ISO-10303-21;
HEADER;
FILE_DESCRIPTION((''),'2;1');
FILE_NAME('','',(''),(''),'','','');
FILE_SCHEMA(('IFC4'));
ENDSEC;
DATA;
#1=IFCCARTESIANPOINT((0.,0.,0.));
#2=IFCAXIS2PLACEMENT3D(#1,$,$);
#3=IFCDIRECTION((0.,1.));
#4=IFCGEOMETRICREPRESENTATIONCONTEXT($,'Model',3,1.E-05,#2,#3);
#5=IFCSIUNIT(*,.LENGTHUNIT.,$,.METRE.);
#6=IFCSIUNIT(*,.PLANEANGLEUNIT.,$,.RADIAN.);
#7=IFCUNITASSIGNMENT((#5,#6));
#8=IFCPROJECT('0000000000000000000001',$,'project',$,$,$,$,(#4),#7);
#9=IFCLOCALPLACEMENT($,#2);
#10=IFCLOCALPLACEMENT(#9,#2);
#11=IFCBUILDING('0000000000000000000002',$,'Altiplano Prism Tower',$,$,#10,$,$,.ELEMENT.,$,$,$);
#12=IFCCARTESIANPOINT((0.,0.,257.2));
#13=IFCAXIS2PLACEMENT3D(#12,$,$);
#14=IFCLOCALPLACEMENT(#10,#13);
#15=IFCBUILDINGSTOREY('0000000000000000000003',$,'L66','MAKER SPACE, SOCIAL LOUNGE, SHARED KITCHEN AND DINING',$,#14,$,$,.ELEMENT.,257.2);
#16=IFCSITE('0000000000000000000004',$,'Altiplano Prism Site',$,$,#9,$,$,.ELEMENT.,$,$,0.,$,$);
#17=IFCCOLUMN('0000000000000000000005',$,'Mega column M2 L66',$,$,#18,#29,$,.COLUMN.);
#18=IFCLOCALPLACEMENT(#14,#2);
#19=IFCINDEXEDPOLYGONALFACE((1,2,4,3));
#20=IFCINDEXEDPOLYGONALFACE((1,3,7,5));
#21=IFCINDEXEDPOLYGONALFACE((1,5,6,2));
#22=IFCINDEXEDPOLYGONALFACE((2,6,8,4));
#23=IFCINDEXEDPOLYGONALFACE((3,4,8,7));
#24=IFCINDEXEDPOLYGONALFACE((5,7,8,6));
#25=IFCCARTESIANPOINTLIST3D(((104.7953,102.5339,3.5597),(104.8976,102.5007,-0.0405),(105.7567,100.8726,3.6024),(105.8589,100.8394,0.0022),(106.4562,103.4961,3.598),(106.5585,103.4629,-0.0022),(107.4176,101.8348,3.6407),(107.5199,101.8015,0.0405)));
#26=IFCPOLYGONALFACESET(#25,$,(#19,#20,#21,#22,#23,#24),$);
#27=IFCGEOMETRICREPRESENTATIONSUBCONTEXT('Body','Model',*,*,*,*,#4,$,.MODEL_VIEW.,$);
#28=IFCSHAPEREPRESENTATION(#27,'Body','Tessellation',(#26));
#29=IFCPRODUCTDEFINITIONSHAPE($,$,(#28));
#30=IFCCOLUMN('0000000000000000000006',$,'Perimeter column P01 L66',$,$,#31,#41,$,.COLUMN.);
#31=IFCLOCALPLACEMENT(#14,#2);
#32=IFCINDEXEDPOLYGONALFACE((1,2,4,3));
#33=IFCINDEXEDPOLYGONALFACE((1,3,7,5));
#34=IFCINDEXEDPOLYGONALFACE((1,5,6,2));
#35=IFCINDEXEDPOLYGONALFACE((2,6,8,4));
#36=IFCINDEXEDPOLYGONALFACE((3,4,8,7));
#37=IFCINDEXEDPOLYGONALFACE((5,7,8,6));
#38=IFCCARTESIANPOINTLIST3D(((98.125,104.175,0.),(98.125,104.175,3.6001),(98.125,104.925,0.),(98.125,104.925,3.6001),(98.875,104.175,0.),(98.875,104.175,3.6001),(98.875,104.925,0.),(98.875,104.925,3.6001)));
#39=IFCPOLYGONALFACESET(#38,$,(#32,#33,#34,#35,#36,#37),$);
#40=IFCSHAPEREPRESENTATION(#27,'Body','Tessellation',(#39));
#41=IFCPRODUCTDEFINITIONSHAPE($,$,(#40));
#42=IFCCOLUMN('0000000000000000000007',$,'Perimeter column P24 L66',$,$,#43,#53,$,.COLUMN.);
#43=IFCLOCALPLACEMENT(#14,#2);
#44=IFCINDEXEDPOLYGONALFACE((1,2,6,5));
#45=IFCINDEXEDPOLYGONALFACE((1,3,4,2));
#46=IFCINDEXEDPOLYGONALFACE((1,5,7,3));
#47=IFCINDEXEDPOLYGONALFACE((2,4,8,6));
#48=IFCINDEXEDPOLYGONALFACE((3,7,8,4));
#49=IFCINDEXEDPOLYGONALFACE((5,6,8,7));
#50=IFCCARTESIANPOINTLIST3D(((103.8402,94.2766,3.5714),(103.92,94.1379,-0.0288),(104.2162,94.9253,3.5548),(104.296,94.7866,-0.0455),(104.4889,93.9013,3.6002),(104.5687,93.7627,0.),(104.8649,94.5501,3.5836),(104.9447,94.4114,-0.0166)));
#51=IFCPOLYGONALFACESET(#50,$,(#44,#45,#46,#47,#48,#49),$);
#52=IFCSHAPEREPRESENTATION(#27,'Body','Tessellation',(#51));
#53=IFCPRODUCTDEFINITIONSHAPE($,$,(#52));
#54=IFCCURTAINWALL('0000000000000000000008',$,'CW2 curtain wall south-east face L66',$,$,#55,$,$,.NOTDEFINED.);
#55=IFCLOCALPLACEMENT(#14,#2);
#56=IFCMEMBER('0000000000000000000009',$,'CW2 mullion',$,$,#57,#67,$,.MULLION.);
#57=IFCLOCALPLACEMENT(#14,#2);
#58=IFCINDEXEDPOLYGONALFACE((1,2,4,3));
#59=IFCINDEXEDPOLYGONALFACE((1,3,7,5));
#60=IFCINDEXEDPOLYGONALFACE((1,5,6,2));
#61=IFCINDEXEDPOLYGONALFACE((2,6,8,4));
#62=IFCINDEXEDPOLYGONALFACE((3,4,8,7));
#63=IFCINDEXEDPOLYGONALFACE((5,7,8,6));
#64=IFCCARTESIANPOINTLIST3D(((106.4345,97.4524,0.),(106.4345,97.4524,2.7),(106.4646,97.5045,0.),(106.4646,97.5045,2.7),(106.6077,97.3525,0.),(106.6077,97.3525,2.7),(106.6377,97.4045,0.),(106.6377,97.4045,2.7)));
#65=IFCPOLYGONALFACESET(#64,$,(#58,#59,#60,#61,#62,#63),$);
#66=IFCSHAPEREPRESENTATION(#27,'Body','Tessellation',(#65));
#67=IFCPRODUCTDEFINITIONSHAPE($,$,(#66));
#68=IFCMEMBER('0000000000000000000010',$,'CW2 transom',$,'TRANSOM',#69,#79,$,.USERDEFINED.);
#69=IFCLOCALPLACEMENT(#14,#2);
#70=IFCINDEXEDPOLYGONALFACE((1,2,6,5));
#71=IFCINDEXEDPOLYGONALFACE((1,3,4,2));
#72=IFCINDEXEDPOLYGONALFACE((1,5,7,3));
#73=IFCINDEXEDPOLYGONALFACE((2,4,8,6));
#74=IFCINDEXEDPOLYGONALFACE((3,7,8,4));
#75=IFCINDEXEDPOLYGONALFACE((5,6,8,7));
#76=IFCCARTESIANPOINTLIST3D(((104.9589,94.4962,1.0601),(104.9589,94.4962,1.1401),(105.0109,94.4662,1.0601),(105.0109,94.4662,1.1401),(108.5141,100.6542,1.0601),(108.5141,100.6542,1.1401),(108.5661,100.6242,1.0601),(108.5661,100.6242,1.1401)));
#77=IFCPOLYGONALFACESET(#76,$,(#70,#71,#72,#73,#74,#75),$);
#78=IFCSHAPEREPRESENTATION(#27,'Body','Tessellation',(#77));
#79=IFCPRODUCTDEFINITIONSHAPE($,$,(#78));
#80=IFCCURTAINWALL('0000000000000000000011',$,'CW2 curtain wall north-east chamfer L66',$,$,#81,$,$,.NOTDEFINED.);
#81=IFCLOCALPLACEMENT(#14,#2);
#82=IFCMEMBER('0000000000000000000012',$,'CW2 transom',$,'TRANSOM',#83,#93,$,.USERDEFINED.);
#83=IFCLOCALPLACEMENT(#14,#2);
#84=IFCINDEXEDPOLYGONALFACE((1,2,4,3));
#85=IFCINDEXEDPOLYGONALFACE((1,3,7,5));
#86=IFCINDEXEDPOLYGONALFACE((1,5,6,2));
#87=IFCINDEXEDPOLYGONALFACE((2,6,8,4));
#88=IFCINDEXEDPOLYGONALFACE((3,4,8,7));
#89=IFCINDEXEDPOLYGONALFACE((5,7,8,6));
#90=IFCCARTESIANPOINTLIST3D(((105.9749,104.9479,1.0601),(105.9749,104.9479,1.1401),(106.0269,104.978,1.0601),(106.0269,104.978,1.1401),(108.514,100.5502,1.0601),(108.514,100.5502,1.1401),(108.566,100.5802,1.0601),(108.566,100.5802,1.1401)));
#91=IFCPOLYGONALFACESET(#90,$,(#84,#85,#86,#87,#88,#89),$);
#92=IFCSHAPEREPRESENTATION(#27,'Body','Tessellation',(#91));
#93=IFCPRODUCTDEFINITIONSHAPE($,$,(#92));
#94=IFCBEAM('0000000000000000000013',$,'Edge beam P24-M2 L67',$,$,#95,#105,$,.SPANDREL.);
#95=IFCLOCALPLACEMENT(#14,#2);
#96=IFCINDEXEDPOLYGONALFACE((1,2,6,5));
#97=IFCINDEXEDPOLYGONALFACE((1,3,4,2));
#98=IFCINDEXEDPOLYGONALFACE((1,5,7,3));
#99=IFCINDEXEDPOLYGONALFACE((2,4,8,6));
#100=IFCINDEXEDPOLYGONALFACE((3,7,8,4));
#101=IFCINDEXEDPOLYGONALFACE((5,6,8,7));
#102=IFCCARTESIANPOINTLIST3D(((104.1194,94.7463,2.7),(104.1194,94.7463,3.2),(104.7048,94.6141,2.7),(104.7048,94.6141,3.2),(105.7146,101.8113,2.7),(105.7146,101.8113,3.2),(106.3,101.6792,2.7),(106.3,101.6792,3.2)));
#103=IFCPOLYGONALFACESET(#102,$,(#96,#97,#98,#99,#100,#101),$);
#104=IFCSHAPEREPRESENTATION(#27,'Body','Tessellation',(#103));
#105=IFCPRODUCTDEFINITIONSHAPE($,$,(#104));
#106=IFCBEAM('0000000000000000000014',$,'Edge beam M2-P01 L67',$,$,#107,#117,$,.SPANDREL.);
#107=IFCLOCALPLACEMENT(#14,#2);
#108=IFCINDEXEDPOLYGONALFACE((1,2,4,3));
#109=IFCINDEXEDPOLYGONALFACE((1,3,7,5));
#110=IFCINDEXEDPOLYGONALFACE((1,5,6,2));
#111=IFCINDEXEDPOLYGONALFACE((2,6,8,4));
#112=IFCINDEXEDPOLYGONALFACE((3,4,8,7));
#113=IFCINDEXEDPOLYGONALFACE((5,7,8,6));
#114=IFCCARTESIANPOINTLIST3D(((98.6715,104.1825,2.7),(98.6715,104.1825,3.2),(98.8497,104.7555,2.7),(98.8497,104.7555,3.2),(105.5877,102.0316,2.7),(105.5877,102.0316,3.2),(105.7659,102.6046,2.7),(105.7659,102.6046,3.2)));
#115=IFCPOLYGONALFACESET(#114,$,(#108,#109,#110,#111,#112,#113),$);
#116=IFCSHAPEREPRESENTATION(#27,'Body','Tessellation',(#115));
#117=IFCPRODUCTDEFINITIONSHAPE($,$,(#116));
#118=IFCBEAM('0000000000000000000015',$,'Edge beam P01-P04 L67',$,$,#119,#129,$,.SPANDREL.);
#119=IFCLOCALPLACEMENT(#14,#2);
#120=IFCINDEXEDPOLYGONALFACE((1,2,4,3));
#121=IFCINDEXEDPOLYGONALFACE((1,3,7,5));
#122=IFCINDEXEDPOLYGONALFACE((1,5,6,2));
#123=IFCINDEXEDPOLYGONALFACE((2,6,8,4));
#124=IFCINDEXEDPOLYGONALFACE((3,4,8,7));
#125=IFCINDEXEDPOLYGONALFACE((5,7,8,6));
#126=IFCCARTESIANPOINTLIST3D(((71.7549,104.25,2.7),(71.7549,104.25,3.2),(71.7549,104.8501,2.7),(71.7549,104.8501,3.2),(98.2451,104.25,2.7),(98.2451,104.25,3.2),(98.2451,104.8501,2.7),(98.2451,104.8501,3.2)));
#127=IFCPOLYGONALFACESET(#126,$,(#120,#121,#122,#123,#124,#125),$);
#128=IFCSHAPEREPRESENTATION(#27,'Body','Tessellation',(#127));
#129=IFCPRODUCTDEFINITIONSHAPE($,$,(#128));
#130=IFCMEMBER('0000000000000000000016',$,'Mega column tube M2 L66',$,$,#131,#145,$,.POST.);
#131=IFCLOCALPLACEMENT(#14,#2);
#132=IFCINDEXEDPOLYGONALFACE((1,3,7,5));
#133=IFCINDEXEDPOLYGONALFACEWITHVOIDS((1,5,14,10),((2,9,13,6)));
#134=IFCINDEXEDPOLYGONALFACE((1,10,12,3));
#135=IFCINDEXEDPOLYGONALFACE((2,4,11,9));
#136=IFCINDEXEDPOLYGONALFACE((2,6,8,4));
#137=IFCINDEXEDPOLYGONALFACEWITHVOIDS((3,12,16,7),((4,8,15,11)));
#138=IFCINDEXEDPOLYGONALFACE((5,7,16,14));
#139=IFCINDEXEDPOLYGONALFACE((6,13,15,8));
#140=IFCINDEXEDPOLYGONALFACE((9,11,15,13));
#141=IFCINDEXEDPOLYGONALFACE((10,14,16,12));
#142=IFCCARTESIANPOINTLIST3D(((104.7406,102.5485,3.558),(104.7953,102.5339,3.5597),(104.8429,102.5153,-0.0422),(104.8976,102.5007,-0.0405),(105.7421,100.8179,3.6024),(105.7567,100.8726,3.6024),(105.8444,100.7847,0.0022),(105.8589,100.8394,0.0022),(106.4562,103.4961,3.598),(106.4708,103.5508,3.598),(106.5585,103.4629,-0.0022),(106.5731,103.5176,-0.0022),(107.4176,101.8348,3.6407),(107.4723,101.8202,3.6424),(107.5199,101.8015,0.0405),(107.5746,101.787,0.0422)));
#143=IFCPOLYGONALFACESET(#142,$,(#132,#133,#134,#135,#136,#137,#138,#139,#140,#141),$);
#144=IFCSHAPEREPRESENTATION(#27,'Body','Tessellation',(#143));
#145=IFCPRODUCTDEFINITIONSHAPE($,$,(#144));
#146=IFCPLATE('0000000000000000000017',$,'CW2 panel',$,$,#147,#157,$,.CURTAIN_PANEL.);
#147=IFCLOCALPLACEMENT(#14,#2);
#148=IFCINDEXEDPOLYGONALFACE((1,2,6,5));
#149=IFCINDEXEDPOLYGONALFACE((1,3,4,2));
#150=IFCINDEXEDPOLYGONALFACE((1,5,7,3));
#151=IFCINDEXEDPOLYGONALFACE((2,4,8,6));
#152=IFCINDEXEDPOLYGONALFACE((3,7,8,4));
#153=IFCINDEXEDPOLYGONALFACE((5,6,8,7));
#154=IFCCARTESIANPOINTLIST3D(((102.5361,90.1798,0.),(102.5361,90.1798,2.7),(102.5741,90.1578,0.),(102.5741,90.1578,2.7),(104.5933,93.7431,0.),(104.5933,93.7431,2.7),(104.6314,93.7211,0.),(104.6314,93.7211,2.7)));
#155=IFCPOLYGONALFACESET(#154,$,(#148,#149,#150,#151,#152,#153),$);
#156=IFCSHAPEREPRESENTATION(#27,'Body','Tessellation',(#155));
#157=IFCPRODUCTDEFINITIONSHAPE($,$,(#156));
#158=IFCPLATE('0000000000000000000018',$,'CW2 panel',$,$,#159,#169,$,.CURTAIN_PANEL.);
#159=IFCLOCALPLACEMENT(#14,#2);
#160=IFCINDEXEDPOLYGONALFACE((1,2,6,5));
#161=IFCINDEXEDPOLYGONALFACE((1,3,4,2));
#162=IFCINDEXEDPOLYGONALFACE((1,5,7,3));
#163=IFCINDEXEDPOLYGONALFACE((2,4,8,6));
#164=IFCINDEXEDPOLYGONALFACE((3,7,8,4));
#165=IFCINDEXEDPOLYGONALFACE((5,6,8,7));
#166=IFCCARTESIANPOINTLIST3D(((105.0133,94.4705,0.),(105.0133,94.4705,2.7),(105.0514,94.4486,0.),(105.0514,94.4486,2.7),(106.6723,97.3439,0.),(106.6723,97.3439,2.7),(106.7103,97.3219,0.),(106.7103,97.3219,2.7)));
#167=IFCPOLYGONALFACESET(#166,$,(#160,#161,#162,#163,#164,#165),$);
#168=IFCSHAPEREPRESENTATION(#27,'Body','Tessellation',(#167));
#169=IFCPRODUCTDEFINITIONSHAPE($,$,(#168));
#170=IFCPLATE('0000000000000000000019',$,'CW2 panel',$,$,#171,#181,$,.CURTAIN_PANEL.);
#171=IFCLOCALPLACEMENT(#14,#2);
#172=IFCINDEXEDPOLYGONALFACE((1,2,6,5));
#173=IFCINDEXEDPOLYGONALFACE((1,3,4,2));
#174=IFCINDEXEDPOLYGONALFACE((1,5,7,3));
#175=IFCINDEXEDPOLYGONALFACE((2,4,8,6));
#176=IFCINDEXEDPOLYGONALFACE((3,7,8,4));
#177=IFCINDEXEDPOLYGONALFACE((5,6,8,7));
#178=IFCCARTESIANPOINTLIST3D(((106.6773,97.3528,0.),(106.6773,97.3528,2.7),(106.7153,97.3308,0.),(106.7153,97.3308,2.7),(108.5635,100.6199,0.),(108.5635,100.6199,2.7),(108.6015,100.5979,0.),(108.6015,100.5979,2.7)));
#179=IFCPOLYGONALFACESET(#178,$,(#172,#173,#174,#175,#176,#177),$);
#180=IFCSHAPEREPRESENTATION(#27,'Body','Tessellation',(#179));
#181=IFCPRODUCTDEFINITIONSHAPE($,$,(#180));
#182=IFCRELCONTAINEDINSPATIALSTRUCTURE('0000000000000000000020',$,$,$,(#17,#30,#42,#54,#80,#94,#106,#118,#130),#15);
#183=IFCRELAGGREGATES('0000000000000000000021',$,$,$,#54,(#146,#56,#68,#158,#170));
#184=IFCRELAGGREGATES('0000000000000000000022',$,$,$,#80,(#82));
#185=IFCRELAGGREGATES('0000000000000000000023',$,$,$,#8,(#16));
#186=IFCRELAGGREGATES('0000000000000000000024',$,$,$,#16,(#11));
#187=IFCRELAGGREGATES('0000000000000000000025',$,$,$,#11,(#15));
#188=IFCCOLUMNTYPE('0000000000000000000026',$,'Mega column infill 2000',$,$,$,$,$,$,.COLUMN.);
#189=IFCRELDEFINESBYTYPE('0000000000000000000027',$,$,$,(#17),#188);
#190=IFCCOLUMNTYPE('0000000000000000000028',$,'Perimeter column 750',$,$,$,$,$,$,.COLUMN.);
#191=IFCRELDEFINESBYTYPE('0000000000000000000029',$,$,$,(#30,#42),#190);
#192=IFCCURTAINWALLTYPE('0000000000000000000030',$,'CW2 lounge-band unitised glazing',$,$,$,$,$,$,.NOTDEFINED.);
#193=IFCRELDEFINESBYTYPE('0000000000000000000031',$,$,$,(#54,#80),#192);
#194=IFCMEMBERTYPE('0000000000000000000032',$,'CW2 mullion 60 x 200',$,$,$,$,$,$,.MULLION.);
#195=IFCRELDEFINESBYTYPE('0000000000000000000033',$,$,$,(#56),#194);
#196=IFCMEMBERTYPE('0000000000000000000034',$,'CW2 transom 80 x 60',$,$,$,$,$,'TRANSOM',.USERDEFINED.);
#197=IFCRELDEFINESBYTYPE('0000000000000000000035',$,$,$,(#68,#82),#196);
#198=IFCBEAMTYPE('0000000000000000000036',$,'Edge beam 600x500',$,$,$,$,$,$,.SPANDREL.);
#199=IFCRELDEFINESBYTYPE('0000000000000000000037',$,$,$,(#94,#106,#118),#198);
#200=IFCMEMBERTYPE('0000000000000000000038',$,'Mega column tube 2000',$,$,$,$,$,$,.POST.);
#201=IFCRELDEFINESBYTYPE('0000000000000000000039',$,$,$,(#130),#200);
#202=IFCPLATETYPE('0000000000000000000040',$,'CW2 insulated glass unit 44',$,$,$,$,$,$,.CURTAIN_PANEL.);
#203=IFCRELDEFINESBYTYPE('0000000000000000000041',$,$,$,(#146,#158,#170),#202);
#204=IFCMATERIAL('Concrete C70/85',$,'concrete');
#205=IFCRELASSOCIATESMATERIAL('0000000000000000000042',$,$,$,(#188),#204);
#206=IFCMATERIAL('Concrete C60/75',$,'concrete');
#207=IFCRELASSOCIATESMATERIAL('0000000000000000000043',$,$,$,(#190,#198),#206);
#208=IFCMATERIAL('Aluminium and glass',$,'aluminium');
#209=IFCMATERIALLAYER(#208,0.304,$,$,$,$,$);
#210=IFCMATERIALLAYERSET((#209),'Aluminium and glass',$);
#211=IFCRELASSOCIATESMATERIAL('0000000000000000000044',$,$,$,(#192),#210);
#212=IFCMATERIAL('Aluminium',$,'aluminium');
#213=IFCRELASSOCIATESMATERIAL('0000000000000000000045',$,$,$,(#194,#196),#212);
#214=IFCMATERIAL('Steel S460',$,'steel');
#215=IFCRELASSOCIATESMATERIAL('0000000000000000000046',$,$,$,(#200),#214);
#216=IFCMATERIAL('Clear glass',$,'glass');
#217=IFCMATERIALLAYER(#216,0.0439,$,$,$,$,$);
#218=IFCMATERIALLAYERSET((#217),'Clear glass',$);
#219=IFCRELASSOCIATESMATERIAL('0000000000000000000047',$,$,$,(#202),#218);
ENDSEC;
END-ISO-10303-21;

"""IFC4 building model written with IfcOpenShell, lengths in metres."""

from ifc_helpers import new_model, si_unit, direction, frame, origin, origin_2d, place, context, subcontext, project, spatial, rectangle, hollow_rectangle, extrude, material, layer, layer_set, material_profile, profile_set, type_object, element, aggregate, save


model = new_model("IFC4")

# Units and contexts
model_context = context("Model", 3, precision=1e-05, world=origin(), true_north=direction((0.0, 1.0)))
body_context = subcontext(model_context, "Body", "Model", "MODEL_VIEW")
ifc_project = project(units=[si_unit("LENGTHUNIT", "METRE"), si_unit("PLANEANGLEUNIT", "RADIAN")], contexts=[model_context])

# Site, building, storey
site_placement = place(None, origin())
site = spatial("IfcSite", under=ifc_project, at=site_placement, Name="Altiplano Prism Site", CompositionType="ELEMENT", RefElevation=0.0)
building_placement = place(site_placement, origin())
building = spatial("IfcBuilding", under=site, at=building_placement, Name="Altiplano Prism Tower", CompositionType="ELEMENT")
storey_placement = place(building_placement, frame((0.0, 0.0, 257.2)))
storey = spatial("IfcBuildingStorey", under=building, at=storey_placement, Name="L66", Description="MAKER SPACE, SOCIAL LOUNGE, SHARED KITCHEN AND DINING", CompositionType="ELEMENT", Elevation=257.2)

# Columns
ifc_material_1 = material(Name="Concrete C70/85", Category="concrete")
ifc_material_profile_1 = material_profile(ifc_material_1, rectangle(XDim=1.9199, YDim=1.9199, at=origin_2d()), Name="Mega column infill 2000")
ifc_profile_set_1 = profile_set([ifc_material_profile_1], Name="Concrete C70/85")
column_type_1 = type_object("IfcColumnType", Name="Mega column infill 2000", PredefinedType="COLUMN", material=ifc_profile_set_1)
column_1_placement = place(storey_placement, frame((106.2087, 102.1511, 0.0), z_axis=(-0.028402, 0.009219, 0.999554), x_axis=(0.500747, -0.865309, 0.022209)))
element("IfcColumn", 1, at=column_1_placement, inside=storey, type_object=column_type_1, Name="Mega column M2 L66", PredefinedType="COLUMN", context=body_context, shape_type="SweptSolid", body=[
    extrude(rectangle(XDim=1.9199, YDim=1.9199, at=origin_2d()), origin(), (0.0, 0.0, 1.0), 3.6018),
])
ifc_material_2 = material(Name="Concrete C60/75", Category="concrete")
ifc_material_profile_2 = material_profile(ifc_material_2, rectangle(XDim=0.75, YDim=0.75, at=origin_2d()), Name="Perimeter column 750")
ifc_profile_set_2 = profile_set([ifc_material_profile_2], Name="Concrete C60/75")
column_type_2 = type_object("IfcColumnType", Name="Perimeter column 750", PredefinedType="COLUMN", material=ifc_profile_set_2)
column_2_placement = place(storey_placement, frame((98.5, 104.55, 0.0), z_axis=(0.0, 0.0, 1.0), x_axis=(1.0, 0.0, 0.0)))
element("IfcColumn", 2, at=column_2_placement, inside=storey, type_object=column_type_2, Name="Perimeter column P01 L66", PredefinedType="COLUMN", context=body_context, shape_type="SweptSolid", body=[
    extrude(rectangle(XDim=0.75, YDim=0.75, at=origin_2d()), origin(), (0.0, 0.0, 1.0), 3.6001),
])
column_3_placement = place(storey_placement, frame((104.4324, 94.2747, -0.0227), z_axis=(-0.022154, 0.038481, 0.999014), x_axis=(-0.501318, -0.864979, 0.022201)))
element("IfcColumn", 3, at=column_3_placement, inside=storey, type_object=column_type_2, Name="Perimeter column P24 L66", PredefinedType="COLUMN", context=body_context, shape_type="SweptSolid", body=[
    extrude(rectangle(XDim=0.75, YDim=0.75, at=origin_2d()), origin(), (0.0, 0.0, 1.0), 3.6038),
])

# Curtain wall, members
ifc_material_3 = material(Name="Aluminium and glass", Category="aluminium")
ifc_layer_1 = layer(ifc_material_3, 0.304)
ifc_layer_set_1 = layer_set([ifc_layer_1], Name="Aluminium and glass")
curtain_wall_type = type_object("IfcCurtainWallType", Name="CW2 lounge-band unitised glazing", PredefinedType="NOTDEFINED", material=ifc_layer_set_1)
curtain_wall_1_placement = place(storey_placement, origin())
curtain_wall_1 = element("IfcCurtainWall", 4, at=curtain_wall_1_placement, inside=storey, type_object=curtain_wall_type, Name="CW2 curtain wall south-east face L66", PredefinedType="NOTDEFINED")
ifc_material_4 = material(Name="Aluminium", Category="aluminium")
ifc_material_profile_3 = material_profile(ifc_material_4, rectangle(XDim=0.2, YDim=0.0601, at=origin_2d()), Name="CW2 mullion 60 x 200")
ifc_profile_set_3 = profile_set([ifc_material_profile_3], Name="Aluminium")
member_type_1 = type_object("IfcMemberType", Name="CW2 mullion 60 x 200", PredefinedType="MULLION", material=ifc_profile_set_3)
member_1_placement = place(storey_placement, frame((106.5361, 97.4285, 0.0), z_axis=(0.0, 0.0, 1.0), x_axis=(-0.866025, 0.5, 0.0)))
member_1 = element("IfcMember", 5, at=member_1_placement, type_object=member_type_1, Name="CW2 mullion", PredefinedType="MULLION", context=body_context, shape_type="SweptSolid", body=[
    extrude(rectangle(XDim=0.2, YDim=0.0601, at=origin_2d()), origin(), (0.0, 0.0, 1.0), 2.7),
])
ifc_material_profile_4 = material_profile(ifc_material_4, rectangle(XDim=0.0601, YDim=0.0801, at=origin_2d()), Name="CW2 transom 80 x 60")
ifc_profile_set_4 = profile_set([ifc_material_profile_4], Name="Aluminium")
member_type_2 = type_object("IfcMemberType", Name="CW2 transom 80 x 60", ElementType="TRANSOM", PredefinedType="USERDEFINED", material=ifc_profile_set_4)
member_2_placement = place(storey_placement, frame((104.9849, 94.4812, 1.1001), z_axis=(0.499987, 0.866033, 0.0), x_axis=(-0.866033, 0.499987, 0.0)))
member_2 = element("IfcMember", 6, at=member_2_placement, type_object=member_type_2, Name="CW2 transom", ObjectType="TRANSOM", PredefinedType="USERDEFINED", context=body_context, shape_type="SweptSolid", body=[
    extrude(rectangle(XDim=0.0601, YDim=0.0801, at=origin_2d()), origin(), (0.0, 0.0, 1.0), 7.1106),
])

# Curtain wall, member
curtain_wall_2_placement = place(storey_placement, origin())
curtain_wall_2 = element("IfcCurtainWall", 7, at=curtain_wall_2_placement, inside=storey, type_object=curtain_wall_type, Name="CW2 curtain wall north-east chamfer L66", PredefinedType="NOTDEFINED")
member_3_placement = place(storey_placement, frame((108.54, 100.5652, 1.1001), z_axis=(-0.500007, 0.866021, 0.0), x_axis=(-0.866021, -0.500007, 0.0)))
member_3 = element("IfcMember", 8, at=member_3_placement, type_object=member_type_2, Name="CW2 transom", ObjectType="TRANSOM", PredefinedType="USERDEFINED", context=body_context, shape_type="SweptSolid", body=[
    extrude(rectangle(XDim=0.0601, YDim=0.0801, at=origin_2d()), origin(), (0.0, 0.0, 1.0), 5.0781),
])

# Beams
ifc_material_profile_5 = material_profile(ifc_material_2, rectangle(XDim=0.6001, YDim=0.5, at=origin_2d()), Name="Edge beam 600x500")
ifc_profile_set_5 = profile_set([ifc_material_profile_5], Name="Concrete C60/75")
beam_type = type_object("IfcBeamType", Name="Edge beam 600x500", PredefinedType="SPANDREL", material=ifc_profile_set_5)
for number, where, z_axis, x_axis, name in (
    (9, (104.4121, 94.6802, 2.95), (0.220241, 0.975445, 0.0), (-0.975445, 0.220241, 0.0), "Edge beam P24-M2 L67"),
    (10, (105.6768, 102.3181, 2.95), (-0.95489, 0.29696, 0.0), (-0.29696, -0.95489, 0.0), "Edge beam M2-P01 L67"),
):
    element("IfcBeam", number, at=place(storey_placement, frame(where, z_axis=z_axis, x_axis=x_axis)), inside=storey, type_object=beam_type, Name=name, PredefinedType="SPANDREL", context=body_context, shape_type="SweptSolid", body=[
        extrude(rectangle(XDim=0.6001, YDim=0.5, at=origin_2d()), origin(), (0.0, 0.0, 1.0), 7.2429),
    ])
beam_placement = place(storey_placement, frame((98.2451, 104.55, 2.95), z_axis=(-1.0, 0.0, 0.0), x_axis=(0.0, -1.0, 0.0)))
element("IfcBeam", 11, at=beam_placement, inside=storey, type_object=beam_type, Name="Edge beam P01-P04 L67", PredefinedType="SPANDREL", context=body_context, shape_type="SweptSolid", body=[
    extrude(rectangle(XDim=0.6001, YDim=0.5, at=origin_2d()), origin(), (0.0, 0.0, 1.0), 26.4902),
])

# Member
ifc_material_5 = material(Name="Steel S460", Category="steel")
ifc_material_profile_6 = material_profile(ifc_material_5, hollow_rectangle(XDim=2.0, YDim=2.0, WallThickness=0.04, at=origin_2d()), Name="Mega column tube 2000")
ifc_profile_set_6 = profile_set([ifc_material_profile_6], Name="Steel S460")
member_type_3 = type_object("IfcMemberType", Name="Mega column tube 2000", PredefinedType="POST", material=ifc_profile_set_6)
member_4_placement = place(storey_placement, frame((106.2087, 102.1511, 0.0), z_axis=(-0.028402, 0.009219, 0.999554), x_axis=(0.500747, -0.865309, 0.022209)))
element("IfcMember", 12, at=member_4_placement, inside=storey, type_object=member_type_3, Name="Mega column tube M2 L66", PredefinedType="POST", context=body_context, shape_type="SweptSolid", body=[
    extrude(hollow_rectangle(XDim=2.0, YDim=2.0, WallThickness=0.04, at=origin_2d()), origin(), (0.0, 0.0, 1.0), 3.6018),
])

# Plates
ifc_material_6 = material(Name="Clear glass", Category="glass")
ifc_layer_2 = layer(ifc_material_6, 0.0439)
ifc_layer_set_2 = layer_set([ifc_layer_2], Name="Clear glass")
plate_type = type_object("IfcPlateType", Name="CW2 insulated glass unit 44", PredefinedType="CURTAIN_PANEL", material=ifc_layer_set_2)
plate_1_placement = place(storey_placement, frame((103.5837, 91.9504, 0.0), z_axis=(0.0, 0.0, 1.0), x_axis=(0.5, 0.866025, 0.0)))
plate_1 = element("IfcPlate", 13, at=plate_1_placement, type_object=plate_type, Name="CW2 panel", PredefinedType="CURTAIN_PANEL", context=body_context, shape_type="SweptSolid", body=[
    extrude(rectangle(XDim=4.1145, YDim=0.0439, at=origin_2d()), origin(), (0.0, 0.0, 1.0), 2.7),
])
plate_2_placement = place(storey_placement, frame((105.8618, 95.8962, 0.0), z_axis=(0.0, 0.0, 1.0), x_axis=(0.5, 0.866025, 0.0)))
plate_2 = element("IfcPlate", 14, at=plate_2_placement, type_object=plate_type, Name="CW2 panel", PredefinedType="CURTAIN_PANEL", context=body_context, shape_type="SweptSolid", body=[
    extrude(rectangle(XDim=3.3179, YDim=0.0439, at=origin_2d()), origin(), (0.0, 0.0, 1.0), 2.7),
])
plate_3_placement = place(storey_placement, frame((107.6394, 98.9753, 0.0), z_axis=(0.0, 0.0, 1.0), x_axis=(0.5, 0.866025, 0.0)))
plate_3 = element("IfcPlate", 15, at=plate_3_placement, type_object=plate_type, Name="CW2 panel", PredefinedType="CURTAIN_PANEL", context=body_context, shape_type="SweptSolid", body=[
    extrude(rectangle(XDim=3.7725, YDim=0.0439, at=origin_2d()), origin(), (0.0, 0.0, 1.0), 2.7),
])
aggregate(curtain_wall_1, [plate_1, member_1, member_2, plate_2, plate_3])
aggregate(curtain_wall_2, [member_3])

save(model, "model.ifc")
